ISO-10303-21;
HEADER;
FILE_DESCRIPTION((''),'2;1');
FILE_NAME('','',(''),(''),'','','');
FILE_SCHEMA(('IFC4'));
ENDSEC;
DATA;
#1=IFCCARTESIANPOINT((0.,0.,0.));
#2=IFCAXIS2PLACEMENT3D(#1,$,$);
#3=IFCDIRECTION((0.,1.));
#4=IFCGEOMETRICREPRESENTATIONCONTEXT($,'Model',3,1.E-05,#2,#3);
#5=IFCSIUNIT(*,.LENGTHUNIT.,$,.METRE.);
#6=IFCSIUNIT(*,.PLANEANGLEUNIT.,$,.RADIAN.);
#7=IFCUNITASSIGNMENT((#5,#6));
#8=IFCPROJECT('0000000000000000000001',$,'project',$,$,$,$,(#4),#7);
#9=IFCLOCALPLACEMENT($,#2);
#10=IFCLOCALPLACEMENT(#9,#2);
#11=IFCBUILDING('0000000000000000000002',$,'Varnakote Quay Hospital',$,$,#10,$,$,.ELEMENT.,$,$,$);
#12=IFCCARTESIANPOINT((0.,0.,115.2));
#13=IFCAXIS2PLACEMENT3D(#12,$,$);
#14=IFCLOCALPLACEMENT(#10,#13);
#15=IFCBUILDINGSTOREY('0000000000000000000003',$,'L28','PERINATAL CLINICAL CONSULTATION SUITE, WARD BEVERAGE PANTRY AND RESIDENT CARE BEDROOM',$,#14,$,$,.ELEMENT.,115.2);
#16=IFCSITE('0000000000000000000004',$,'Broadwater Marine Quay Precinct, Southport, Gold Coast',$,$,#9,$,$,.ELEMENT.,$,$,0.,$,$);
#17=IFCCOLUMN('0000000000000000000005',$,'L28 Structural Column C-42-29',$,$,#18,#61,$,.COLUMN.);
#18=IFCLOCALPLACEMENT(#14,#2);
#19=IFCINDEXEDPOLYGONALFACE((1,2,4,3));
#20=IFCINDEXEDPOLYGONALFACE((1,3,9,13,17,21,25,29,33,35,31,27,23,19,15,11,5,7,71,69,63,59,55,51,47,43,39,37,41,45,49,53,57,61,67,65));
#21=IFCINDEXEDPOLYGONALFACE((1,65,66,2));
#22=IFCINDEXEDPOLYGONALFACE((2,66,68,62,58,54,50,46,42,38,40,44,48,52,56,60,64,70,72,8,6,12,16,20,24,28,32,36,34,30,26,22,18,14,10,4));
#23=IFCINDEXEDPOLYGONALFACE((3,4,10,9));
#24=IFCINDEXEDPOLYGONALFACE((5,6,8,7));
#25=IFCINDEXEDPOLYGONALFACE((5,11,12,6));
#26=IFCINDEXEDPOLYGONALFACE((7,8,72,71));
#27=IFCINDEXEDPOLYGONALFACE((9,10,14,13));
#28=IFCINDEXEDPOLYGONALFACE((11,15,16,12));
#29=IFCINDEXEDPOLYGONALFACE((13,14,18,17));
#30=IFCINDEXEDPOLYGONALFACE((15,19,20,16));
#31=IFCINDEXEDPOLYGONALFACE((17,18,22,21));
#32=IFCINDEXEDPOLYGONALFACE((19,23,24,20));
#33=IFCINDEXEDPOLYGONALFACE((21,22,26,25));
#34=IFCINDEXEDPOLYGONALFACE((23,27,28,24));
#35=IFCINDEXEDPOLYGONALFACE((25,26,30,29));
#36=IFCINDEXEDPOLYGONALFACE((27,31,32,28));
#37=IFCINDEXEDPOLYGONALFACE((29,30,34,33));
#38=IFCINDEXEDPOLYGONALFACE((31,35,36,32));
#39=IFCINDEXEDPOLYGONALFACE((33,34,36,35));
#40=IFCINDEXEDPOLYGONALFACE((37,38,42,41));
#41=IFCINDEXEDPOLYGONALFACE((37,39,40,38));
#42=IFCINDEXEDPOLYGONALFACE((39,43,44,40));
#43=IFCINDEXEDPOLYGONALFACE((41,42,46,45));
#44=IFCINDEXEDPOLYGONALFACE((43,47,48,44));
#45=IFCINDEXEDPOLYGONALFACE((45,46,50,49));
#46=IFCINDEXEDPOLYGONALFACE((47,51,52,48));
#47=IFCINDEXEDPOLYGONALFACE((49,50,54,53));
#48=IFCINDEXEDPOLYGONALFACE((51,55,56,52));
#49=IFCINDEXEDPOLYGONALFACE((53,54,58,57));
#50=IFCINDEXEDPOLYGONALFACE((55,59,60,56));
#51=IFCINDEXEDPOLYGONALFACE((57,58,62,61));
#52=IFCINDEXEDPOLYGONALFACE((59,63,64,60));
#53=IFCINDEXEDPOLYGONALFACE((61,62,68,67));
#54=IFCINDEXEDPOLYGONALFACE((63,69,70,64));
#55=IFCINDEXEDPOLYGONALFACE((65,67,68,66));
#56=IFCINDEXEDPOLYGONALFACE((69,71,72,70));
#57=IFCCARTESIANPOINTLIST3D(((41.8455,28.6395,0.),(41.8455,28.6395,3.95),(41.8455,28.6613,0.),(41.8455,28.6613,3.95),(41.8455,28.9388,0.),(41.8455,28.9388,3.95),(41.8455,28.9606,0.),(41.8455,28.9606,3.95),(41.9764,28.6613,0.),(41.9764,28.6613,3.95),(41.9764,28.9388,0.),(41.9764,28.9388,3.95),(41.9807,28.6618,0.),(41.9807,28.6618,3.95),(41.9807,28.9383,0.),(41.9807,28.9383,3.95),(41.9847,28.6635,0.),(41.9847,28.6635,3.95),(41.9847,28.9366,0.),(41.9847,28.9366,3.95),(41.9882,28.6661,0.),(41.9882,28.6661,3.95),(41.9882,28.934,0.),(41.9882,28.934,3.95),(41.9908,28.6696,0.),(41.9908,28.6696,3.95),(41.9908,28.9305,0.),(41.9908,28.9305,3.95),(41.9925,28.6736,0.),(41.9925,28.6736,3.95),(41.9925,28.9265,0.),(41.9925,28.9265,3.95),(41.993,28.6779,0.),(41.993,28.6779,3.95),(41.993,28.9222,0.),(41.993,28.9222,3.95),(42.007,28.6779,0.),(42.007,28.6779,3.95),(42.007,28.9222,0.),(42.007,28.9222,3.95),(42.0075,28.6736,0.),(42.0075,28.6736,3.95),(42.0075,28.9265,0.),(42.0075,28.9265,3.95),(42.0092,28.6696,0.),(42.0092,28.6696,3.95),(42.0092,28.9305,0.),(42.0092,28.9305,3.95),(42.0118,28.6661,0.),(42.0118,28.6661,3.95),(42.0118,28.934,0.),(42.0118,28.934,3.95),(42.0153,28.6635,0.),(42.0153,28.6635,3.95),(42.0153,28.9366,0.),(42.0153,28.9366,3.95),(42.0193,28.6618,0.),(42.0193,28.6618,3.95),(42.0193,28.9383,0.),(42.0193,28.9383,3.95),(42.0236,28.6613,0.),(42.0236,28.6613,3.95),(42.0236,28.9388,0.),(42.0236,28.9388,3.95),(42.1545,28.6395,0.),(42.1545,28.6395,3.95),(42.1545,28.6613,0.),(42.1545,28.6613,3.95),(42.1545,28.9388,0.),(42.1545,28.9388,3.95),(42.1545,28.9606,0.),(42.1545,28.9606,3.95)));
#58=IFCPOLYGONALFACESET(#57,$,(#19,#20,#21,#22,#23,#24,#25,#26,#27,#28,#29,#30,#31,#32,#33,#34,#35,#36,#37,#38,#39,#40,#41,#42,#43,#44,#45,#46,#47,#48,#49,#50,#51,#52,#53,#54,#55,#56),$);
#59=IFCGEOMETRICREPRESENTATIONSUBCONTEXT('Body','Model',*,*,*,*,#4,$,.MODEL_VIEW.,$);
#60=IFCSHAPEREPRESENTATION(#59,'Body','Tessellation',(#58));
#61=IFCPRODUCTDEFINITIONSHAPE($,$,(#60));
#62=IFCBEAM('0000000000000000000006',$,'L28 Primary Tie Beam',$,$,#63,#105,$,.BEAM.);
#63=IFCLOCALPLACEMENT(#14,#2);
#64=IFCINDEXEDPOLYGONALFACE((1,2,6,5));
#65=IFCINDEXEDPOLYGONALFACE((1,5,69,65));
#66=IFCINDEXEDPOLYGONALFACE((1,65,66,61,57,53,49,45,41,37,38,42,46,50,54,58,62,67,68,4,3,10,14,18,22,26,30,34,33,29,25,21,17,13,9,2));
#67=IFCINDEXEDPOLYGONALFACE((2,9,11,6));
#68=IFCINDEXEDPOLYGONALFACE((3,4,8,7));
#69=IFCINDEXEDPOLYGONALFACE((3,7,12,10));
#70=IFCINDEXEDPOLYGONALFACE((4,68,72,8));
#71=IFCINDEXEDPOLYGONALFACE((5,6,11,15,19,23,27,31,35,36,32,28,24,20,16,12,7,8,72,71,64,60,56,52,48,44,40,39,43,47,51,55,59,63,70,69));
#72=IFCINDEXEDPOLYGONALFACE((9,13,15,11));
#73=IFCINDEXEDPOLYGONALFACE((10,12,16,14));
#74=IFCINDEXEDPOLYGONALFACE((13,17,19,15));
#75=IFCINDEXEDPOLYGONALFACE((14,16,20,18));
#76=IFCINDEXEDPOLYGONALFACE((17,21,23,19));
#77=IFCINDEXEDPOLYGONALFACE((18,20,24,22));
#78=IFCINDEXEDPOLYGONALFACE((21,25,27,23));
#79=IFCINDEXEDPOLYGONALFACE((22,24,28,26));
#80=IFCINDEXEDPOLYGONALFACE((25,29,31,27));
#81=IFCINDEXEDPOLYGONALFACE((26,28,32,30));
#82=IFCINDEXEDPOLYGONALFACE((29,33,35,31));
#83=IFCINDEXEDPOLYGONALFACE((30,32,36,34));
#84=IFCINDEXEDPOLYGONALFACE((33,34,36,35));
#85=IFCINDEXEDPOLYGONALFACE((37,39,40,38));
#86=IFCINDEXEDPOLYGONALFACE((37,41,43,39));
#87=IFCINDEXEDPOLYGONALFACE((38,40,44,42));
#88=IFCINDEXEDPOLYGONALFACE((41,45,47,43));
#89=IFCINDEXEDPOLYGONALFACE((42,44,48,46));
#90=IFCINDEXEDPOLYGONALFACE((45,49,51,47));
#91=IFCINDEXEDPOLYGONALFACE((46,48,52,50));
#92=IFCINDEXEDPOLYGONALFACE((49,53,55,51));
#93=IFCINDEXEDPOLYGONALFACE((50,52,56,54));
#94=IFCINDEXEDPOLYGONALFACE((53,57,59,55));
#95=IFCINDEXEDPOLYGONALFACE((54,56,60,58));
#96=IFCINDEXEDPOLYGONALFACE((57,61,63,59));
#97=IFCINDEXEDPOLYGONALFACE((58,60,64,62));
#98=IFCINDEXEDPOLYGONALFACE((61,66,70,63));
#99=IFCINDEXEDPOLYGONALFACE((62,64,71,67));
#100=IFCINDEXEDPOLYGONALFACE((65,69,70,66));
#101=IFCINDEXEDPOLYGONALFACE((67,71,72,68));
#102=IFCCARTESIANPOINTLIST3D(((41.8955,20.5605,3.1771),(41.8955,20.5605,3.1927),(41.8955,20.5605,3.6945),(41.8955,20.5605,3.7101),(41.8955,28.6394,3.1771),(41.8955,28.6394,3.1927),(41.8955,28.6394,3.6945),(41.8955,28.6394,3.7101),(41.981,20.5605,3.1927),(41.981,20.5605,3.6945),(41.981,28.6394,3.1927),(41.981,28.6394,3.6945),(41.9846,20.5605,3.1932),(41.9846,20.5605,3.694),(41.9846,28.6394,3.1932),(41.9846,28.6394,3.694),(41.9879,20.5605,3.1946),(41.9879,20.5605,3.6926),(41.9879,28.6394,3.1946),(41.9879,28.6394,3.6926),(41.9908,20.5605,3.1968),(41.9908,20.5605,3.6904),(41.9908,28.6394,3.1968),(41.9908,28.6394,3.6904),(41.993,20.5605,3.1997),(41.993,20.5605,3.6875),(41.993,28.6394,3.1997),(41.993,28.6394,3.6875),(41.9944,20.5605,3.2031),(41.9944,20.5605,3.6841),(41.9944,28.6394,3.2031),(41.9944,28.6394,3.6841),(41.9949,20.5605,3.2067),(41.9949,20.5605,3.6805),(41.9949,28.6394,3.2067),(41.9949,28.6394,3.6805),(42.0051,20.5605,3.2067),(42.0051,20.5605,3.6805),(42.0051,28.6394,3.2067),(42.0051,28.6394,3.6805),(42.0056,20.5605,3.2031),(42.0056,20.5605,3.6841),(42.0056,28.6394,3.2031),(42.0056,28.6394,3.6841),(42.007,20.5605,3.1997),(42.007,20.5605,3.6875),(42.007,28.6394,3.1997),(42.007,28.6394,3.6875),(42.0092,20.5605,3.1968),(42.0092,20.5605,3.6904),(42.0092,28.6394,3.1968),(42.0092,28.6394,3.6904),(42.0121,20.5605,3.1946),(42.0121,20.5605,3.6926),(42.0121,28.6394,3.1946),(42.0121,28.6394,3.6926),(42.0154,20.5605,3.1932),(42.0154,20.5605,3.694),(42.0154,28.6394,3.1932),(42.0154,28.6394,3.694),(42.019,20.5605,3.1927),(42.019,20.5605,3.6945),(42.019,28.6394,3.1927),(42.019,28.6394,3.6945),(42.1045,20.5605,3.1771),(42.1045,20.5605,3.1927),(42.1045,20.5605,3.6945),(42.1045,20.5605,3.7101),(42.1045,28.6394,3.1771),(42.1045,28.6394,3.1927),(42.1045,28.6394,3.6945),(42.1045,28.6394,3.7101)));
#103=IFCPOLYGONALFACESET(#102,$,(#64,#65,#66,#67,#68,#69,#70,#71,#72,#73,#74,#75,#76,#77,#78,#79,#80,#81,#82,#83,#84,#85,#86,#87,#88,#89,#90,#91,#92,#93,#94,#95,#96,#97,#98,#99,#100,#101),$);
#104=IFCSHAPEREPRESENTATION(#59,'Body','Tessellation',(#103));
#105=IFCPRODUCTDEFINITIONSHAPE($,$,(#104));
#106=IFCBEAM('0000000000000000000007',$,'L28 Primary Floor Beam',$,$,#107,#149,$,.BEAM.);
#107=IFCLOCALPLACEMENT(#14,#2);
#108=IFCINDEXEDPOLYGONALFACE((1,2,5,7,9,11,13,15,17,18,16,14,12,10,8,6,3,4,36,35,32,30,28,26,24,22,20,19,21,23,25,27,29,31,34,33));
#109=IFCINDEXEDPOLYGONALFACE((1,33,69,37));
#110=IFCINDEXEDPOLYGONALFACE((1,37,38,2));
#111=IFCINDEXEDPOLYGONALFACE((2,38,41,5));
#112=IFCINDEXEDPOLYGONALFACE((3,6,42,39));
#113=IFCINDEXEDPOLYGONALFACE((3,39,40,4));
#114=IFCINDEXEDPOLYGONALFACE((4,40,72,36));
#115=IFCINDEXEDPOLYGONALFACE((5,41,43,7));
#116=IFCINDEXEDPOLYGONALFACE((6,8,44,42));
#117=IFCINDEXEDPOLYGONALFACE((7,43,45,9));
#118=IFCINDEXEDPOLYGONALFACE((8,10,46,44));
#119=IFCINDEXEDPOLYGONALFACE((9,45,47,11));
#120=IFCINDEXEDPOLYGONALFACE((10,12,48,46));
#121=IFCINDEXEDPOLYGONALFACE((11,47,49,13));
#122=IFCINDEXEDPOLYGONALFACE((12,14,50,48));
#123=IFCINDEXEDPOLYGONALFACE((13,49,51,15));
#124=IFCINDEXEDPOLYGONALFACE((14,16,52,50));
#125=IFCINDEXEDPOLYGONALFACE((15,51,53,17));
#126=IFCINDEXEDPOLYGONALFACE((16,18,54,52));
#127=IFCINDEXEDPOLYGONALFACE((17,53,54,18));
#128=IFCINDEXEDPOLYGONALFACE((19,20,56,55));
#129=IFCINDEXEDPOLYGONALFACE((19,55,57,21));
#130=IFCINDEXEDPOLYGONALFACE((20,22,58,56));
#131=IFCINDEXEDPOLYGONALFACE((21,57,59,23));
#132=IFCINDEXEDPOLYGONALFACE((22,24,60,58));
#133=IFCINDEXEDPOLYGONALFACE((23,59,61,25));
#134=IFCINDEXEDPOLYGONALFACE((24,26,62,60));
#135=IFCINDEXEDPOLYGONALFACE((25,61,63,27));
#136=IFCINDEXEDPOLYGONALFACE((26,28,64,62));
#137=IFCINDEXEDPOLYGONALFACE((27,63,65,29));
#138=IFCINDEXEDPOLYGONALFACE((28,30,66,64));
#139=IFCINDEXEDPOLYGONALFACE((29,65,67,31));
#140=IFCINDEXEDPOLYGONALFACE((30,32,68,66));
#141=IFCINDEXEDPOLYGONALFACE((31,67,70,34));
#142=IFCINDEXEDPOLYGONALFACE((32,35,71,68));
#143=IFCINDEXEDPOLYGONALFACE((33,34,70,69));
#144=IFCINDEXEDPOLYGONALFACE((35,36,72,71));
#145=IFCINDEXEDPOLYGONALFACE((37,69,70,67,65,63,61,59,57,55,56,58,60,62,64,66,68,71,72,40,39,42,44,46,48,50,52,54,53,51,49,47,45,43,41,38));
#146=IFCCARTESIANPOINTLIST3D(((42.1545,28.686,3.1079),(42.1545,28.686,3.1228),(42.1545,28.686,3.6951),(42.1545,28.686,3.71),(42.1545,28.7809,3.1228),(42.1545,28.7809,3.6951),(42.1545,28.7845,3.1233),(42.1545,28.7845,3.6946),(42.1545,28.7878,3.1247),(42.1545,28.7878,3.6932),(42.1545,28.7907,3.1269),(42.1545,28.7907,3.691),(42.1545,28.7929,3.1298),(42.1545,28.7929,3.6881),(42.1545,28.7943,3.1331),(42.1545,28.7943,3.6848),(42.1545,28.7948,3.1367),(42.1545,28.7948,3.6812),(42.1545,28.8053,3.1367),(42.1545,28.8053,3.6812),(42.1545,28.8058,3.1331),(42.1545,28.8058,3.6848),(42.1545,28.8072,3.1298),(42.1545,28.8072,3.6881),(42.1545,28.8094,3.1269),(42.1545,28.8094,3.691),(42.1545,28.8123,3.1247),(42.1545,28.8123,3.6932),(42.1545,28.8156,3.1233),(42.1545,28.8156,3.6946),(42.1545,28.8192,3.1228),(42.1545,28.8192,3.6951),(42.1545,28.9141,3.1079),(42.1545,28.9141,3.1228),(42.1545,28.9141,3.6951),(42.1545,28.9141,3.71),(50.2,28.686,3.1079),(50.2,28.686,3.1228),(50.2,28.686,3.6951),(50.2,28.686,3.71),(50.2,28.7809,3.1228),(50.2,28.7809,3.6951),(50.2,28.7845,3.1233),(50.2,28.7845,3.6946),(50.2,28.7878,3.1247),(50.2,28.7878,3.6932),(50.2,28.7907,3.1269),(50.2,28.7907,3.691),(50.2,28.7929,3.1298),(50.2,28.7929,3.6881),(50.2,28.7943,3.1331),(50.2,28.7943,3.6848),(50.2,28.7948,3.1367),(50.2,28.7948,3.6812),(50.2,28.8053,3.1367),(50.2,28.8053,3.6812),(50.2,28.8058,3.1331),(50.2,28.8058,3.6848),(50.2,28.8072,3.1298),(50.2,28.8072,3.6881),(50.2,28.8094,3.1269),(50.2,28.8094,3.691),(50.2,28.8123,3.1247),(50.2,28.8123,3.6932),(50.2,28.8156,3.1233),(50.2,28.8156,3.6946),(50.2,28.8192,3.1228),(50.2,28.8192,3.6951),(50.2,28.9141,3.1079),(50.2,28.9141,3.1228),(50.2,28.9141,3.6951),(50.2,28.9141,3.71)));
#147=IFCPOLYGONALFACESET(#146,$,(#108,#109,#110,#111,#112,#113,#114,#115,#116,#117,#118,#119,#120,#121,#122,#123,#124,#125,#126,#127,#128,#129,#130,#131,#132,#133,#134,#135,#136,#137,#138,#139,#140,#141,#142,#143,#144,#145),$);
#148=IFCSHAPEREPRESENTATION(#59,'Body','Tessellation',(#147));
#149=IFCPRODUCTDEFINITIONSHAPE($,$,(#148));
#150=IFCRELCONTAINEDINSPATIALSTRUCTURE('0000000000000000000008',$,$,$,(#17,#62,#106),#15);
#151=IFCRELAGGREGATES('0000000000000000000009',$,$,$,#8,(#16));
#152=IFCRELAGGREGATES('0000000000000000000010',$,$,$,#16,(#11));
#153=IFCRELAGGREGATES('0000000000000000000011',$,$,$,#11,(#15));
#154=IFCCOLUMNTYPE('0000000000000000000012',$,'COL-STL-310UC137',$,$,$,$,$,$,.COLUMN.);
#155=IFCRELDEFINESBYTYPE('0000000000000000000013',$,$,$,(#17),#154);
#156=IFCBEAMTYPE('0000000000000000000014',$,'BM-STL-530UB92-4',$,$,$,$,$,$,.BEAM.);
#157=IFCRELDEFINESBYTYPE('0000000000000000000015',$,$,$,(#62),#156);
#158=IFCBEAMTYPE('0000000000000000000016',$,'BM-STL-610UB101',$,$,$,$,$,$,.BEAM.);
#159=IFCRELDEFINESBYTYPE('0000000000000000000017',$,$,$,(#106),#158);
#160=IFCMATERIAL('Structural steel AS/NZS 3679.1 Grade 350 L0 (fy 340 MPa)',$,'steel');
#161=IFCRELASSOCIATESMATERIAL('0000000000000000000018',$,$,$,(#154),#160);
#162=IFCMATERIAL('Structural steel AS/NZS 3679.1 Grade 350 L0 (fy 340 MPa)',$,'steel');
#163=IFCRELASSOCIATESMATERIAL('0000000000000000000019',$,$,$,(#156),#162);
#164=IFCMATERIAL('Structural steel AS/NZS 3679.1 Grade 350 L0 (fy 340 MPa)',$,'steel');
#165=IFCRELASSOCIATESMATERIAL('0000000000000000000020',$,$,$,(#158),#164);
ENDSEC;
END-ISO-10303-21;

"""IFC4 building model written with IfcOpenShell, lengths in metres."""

from ifc_helpers import new_model, si_unit, direction, frame, origin, origin_2d, place, context, subcontext, project, spatial, i_section, extrude, material, material_profile, profile_set, type_object, element, save


model = new_model("IFC4")

# Units and contexts
model_context = context("Model", 3, precision=1e-05, world=origin(), true_north=direction((0.0, 1.0)))
body_context = subcontext(model_context, "Body", "Model", "MODEL_VIEW")
ifc_project = project(units=[si_unit("LENGTHUNIT", "METRE"), si_unit("PLANEANGLEUNIT", "RADIAN")], contexts=[model_context])

# Site, building, storey
site_placement = place(None, origin())
site = spatial("IfcSite", under=ifc_project, at=site_placement, Name="Broadwater Marine Quay Precinct, Southport, Gold Coast", CompositionType="ELEMENT", RefElevation=0.0)
building_placement = place(site_placement, origin())
building = spatial("IfcBuilding", under=site, at=building_placement, Name="Varnakote Quay Hospital", CompositionType="ELEMENT")
storey_placement = place(building_placement, frame((0.0, 0.0, 115.2)))
storey = spatial("IfcBuildingStorey", under=building, at=storey_placement, Name="L28", Description="PERINATAL CLINICAL CONSULTATION SUITE, WARD BEVERAGE PANTRY AND RESIDENT CARE BEDROOM", CompositionType="ELEMENT", Elevation=115.2)

# Column
ifc_material_1 = material(Name="Structural steel AS/NZS 3679.1 Grade 350 L0 (fy 340 MPa)", Category="steel")
ifc_material_profile_1 = material_profile(ifc_material_1, i_section(OverallWidth=0.3091, OverallDepth=0.321, WebThickness=0.0139, FlangeThickness=0.0217, FilletRadius=0.0166, at=origin_2d()), Name="310UC137")
ifc_profile_set_1 = profile_set([ifc_material_profile_1], Name="Structural steel AS/NZS 3679.1 Grade 350 L0 (fy 340 MPa)")
column_type = type_object("IfcColumnType", Name="COL-STL-310UC137", PredefinedType="COLUMN", material=ifc_profile_set_1)
column_placement = place(storey_placement, frame((42.0, 28.8, 0.0), z_axis=(0.0, 0.0, 1.0), x_axis=(1.0, 0.0, 0.0)))
element("IfcColumn", 1, at=column_placement, inside=storey, type_object=column_type, Name="L28 Structural Column C-42-29", PredefinedType="COLUMN", context=body_context, shape_type="SweptSolid", body=[
    extrude(i_section(OverallWidth=0.3091, OverallDepth=0.321, WebThickness=0.0139, FlangeThickness=0.0217, FilletRadius=0.0166, at=origin_2d()), origin(), (0.0, 0.0, 1.0), 3.95),
])

# Beams
ifc_material_2 = material(Name="Structural steel AS/NZS 3679.1 Grade 350 L0 (fy 340 MPa)", Category="steel")
ifc_material_profile_2 = material_profile(ifc_material_2, i_section(OverallWidth=0.209, OverallDepth=0.533, WebThickness=0.0103, FlangeThickness=0.0156, FilletRadius=0.0139, at=origin_2d()), Name="530UB92.4")
ifc_profile_set_2 = profile_set([ifc_material_profile_2], Name="Structural steel AS/NZS 3679.1 Grade 350 L0 (fy 340 MPa)")
beam_type_1 = type_object("IfcBeamType", Name="BM-STL-530UB92-4", PredefinedType="BEAM", material=ifc_profile_set_2)
beam_1_placement = place(storey_placement, frame((42.0, 20.5605, 3.4436), z_axis=(0.0, 1.0, 0.0), x_axis=(-1.0, 0.0, 0.0)))
element("IfcBeam", 2, at=beam_1_placement, inside=storey, type_object=beam_type_1, Name="L28 Primary Tie Beam", PredefinedType="BEAM", context=body_context, shape_type="SweptSolid", body=[
    extrude(i_section(OverallWidth=0.209, OverallDepth=0.533, WebThickness=0.0103, FlangeThickness=0.0156, FilletRadius=0.0139, at=origin_2d()), origin(), (0.0, 0.0, 1.0), 8.0789),
])
ifc_material_3 = material(Name="Structural steel AS/NZS 3679.1 Grade 350 L0 (fy 340 MPa)", Category="steel")
ifc_material_profile_3 = material_profile(ifc_material_3, i_section(OverallWidth=0.228, OverallDepth=0.6021, WebThickness=0.0105, FlangeThickness=0.0149, FilletRadius=0.0139, at=origin_2d()), Name="610UB101")
ifc_profile_set_3 = profile_set([ifc_material_profile_3], Name="Structural steel AS/NZS 3679.1 Grade 350 L0 (fy 340 MPa)")
beam_type_2 = type_object("IfcBeamType", Name="BM-STL-610UB101", PredefinedType="BEAM", material=ifc_profile_set_3)
beam_2_placement = place(storey_placement, frame((42.1545, 28.8, 3.4089), z_axis=(1.0, 0.0, 0.0), x_axis=(0.0, 1.0, 0.0)))
element("IfcBeam", 3, at=beam_2_placement, inside=storey, type_object=beam_type_2, Name="L28 Primary Floor Beam", PredefinedType="BEAM", context=body_context, shape_type="SweptSolid", body=[
    extrude(i_section(OverallWidth=0.228, OverallDepth=0.6021, WebThickness=0.0105, FlangeThickness=0.0149, FilletRadius=0.0139, at=origin_2d()), origin(), (0.0, 0.0, 1.0), 8.0454),
])

save(model, "model.ifc")
